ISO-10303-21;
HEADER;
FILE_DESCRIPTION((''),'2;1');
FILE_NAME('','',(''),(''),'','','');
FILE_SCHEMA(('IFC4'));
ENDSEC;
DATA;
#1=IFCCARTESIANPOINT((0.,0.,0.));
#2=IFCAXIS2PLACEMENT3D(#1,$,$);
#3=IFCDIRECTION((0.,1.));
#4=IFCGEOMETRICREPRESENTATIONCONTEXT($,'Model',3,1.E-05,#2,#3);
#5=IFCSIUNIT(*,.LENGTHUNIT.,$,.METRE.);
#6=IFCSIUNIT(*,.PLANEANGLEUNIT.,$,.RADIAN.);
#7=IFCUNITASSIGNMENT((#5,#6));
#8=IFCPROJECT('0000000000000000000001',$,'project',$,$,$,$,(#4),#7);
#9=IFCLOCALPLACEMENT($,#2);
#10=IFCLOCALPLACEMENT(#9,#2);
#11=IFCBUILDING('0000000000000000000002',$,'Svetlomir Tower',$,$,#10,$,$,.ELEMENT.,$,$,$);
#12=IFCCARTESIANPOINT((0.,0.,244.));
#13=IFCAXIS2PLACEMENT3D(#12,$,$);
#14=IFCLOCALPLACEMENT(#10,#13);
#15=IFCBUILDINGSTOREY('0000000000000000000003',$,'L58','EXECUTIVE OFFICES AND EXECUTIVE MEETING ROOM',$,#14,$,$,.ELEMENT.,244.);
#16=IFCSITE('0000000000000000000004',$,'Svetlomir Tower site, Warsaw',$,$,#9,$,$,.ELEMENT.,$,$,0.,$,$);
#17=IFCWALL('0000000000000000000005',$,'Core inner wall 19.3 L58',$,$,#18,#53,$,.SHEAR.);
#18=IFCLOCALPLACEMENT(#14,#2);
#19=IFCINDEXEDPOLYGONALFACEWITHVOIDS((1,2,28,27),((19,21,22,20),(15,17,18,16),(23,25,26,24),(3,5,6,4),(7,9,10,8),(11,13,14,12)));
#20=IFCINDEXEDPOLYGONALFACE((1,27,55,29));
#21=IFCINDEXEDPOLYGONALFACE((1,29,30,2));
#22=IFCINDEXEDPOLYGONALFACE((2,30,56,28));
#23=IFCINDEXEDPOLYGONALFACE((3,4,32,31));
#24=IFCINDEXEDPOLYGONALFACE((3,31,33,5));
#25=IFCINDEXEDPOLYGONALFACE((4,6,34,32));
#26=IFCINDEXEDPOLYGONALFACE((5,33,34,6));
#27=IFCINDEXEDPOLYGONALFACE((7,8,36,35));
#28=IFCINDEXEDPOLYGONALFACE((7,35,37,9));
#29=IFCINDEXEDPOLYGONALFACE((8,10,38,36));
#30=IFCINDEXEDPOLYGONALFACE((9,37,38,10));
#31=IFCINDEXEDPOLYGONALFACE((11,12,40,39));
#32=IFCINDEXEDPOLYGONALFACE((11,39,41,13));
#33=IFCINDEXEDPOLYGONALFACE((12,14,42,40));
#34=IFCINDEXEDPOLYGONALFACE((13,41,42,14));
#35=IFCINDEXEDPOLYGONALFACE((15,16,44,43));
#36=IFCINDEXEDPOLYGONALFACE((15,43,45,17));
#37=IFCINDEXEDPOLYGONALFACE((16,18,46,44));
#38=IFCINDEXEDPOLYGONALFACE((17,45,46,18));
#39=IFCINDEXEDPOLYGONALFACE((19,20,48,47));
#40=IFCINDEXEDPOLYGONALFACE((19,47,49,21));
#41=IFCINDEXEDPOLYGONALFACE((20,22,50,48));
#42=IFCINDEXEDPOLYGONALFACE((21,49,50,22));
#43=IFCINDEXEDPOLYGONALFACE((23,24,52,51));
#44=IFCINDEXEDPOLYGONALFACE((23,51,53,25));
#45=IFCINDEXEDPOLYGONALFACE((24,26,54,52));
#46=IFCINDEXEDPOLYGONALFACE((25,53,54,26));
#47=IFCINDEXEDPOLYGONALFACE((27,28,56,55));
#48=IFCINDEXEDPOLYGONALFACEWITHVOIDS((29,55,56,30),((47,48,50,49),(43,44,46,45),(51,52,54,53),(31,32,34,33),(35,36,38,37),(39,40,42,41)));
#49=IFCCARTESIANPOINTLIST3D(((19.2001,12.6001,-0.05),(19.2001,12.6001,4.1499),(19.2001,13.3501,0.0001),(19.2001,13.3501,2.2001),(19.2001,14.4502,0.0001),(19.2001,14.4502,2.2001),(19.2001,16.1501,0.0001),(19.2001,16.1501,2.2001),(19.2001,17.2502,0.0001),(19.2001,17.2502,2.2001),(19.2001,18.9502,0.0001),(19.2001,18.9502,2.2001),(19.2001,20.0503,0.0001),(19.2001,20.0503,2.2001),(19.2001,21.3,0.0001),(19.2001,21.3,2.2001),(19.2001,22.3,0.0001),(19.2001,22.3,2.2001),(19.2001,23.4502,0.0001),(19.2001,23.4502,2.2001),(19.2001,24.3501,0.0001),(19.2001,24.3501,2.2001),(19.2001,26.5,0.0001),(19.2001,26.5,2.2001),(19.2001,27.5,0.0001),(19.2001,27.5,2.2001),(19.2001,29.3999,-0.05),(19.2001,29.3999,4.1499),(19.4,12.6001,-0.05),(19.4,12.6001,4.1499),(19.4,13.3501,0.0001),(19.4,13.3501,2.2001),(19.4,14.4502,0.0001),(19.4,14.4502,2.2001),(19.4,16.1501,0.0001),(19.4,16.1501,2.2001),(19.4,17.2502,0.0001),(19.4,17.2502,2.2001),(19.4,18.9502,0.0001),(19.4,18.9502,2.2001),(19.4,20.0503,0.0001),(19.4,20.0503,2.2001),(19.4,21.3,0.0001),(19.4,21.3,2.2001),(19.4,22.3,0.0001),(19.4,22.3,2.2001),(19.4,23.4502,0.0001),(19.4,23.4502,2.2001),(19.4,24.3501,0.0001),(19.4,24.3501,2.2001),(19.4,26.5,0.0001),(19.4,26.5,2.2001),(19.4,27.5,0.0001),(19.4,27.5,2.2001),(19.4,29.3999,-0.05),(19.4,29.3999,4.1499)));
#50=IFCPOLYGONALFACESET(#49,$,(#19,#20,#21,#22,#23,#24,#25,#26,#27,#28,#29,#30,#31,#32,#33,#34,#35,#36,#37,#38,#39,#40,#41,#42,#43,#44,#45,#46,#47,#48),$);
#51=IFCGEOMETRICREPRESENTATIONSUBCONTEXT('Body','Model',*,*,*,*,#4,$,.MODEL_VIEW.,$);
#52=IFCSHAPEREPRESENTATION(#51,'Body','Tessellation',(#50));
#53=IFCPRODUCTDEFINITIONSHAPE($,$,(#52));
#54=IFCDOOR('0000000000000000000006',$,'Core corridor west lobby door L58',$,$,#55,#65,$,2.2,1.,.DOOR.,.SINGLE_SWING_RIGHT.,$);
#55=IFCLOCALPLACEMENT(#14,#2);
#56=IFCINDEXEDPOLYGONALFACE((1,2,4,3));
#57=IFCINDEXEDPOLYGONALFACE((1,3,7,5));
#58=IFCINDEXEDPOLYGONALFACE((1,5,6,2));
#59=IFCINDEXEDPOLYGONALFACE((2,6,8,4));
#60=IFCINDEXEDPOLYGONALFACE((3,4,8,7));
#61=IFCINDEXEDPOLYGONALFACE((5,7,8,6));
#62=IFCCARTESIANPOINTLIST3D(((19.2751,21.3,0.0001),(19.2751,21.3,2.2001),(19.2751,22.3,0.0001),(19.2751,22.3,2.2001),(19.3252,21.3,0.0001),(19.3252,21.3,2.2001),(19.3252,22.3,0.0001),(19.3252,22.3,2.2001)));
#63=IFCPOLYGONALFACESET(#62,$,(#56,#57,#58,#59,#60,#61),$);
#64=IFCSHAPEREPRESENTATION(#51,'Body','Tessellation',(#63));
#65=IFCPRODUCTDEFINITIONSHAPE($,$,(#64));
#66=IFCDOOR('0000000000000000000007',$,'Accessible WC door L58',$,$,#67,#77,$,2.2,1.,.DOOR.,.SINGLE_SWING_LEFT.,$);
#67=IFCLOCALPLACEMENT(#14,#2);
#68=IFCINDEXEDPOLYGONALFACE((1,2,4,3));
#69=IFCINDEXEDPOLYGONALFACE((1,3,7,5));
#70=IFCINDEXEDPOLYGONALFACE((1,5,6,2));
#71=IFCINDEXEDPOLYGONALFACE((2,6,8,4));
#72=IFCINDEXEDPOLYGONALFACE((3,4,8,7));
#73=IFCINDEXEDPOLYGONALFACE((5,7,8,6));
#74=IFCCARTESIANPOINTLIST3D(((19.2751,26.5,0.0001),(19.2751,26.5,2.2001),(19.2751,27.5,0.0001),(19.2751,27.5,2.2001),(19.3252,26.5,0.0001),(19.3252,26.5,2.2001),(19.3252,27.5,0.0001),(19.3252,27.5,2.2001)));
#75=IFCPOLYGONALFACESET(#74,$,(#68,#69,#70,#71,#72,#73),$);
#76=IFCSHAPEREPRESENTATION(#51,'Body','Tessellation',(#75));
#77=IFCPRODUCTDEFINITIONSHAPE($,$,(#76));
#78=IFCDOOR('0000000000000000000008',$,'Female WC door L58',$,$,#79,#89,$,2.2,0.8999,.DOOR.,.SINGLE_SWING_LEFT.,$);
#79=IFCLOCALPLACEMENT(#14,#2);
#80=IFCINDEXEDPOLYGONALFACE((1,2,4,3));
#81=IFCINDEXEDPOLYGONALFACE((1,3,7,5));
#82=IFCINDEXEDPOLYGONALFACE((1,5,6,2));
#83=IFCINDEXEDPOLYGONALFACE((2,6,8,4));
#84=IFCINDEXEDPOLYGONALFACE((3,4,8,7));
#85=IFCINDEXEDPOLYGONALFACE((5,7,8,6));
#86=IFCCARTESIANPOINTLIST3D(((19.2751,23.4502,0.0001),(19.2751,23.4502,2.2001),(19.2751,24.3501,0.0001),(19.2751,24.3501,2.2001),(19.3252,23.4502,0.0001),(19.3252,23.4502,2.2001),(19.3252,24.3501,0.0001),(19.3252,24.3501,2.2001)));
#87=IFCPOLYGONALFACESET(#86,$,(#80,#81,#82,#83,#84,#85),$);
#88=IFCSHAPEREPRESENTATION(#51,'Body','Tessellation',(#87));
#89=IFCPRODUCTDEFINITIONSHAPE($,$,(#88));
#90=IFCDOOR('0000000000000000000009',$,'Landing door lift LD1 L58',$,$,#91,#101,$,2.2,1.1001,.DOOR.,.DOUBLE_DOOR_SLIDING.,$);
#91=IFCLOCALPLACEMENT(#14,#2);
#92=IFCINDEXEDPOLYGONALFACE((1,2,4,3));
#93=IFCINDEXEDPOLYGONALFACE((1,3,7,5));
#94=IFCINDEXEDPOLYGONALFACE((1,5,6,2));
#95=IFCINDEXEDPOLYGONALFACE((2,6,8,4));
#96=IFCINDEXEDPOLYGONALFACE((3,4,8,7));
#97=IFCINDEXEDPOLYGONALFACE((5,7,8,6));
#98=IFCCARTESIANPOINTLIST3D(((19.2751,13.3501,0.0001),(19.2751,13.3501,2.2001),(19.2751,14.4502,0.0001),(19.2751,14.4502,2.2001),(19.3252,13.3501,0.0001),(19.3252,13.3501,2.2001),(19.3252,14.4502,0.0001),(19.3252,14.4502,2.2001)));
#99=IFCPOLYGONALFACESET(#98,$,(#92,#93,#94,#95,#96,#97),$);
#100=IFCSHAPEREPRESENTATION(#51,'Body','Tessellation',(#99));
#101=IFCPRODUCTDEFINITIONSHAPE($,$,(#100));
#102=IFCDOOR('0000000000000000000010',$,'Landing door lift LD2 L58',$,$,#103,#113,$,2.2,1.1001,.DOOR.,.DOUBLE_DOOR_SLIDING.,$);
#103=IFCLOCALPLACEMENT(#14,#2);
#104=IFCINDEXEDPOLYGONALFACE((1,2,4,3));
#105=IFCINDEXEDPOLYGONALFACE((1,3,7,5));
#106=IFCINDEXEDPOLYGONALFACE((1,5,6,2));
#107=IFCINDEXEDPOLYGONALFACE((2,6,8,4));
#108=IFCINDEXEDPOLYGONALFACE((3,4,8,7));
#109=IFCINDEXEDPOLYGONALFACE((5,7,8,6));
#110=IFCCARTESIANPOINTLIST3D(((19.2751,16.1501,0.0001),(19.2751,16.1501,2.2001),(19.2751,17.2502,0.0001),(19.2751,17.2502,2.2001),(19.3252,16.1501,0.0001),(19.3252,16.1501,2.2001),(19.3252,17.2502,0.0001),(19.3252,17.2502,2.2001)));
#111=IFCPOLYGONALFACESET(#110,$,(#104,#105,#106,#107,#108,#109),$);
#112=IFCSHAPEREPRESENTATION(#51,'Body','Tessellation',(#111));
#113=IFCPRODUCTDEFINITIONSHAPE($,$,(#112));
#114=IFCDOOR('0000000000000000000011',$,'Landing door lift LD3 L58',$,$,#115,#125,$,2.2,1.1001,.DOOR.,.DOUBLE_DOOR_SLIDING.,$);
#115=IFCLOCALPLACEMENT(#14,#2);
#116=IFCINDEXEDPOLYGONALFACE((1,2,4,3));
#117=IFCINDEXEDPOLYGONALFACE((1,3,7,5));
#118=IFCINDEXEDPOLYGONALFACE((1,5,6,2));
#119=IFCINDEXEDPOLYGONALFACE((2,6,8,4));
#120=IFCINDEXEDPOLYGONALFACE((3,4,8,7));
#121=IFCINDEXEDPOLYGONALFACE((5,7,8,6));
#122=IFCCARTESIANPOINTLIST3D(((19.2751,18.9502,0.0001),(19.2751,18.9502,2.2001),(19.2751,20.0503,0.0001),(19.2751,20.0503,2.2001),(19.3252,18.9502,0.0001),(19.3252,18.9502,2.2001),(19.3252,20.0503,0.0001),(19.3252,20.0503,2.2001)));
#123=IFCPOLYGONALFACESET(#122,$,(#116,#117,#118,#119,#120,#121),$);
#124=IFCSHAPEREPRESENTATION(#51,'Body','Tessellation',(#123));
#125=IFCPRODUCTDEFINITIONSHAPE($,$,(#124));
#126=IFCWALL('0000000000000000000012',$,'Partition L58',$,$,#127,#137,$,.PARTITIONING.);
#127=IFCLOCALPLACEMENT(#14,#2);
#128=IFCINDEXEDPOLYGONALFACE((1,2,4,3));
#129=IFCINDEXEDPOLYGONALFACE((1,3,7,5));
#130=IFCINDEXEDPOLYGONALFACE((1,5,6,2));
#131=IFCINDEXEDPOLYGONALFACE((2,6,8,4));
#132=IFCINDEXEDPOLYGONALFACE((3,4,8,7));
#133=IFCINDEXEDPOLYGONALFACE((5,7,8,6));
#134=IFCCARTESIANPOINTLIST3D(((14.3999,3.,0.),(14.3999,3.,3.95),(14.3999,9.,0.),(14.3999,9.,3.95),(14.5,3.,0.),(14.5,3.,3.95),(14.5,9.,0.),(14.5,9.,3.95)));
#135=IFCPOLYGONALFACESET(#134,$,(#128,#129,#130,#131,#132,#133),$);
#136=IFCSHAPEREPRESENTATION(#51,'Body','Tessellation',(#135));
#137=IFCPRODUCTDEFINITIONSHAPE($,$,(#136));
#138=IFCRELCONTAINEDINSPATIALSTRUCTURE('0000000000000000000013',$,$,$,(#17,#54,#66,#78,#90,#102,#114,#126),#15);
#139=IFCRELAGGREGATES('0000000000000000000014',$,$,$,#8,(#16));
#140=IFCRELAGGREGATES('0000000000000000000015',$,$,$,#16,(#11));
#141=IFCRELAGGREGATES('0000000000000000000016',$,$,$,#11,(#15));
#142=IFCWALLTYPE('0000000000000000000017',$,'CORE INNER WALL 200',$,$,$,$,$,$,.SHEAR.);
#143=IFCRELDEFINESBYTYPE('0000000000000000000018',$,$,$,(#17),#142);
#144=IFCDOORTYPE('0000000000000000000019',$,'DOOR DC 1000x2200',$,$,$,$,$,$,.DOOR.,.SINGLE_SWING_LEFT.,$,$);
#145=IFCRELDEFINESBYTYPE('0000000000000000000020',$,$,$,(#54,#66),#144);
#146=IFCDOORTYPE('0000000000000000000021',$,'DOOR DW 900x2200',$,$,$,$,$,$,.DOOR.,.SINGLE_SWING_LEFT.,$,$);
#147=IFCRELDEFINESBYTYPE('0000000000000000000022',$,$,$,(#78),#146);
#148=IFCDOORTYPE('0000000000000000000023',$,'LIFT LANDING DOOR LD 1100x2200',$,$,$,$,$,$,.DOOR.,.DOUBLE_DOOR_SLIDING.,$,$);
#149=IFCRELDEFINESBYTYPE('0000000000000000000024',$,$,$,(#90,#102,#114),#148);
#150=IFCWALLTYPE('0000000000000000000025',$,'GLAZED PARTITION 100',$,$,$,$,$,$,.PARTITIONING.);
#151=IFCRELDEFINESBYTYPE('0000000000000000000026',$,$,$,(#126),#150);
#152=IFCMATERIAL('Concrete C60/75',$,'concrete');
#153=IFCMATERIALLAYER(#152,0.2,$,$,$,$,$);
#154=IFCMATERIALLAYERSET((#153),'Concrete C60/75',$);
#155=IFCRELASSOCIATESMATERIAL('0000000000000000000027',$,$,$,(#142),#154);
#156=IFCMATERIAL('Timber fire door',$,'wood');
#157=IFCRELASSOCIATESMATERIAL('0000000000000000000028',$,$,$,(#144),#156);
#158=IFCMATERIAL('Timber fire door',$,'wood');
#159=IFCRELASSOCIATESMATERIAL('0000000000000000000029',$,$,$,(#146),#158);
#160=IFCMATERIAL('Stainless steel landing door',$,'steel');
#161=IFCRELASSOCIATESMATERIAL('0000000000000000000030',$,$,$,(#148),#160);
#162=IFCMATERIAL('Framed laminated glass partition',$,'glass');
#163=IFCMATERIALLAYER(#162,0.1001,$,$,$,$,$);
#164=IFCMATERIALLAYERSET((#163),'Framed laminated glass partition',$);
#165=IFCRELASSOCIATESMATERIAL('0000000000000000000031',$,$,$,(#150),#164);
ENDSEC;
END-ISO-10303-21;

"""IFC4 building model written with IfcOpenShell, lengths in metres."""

from ifc_helpers import new_model, si_unit, direction, frame, frame_2d, origin, place, context, subcontext, project, spatial, rectangle, extrude, material, layer, layer_set, type_object, element, fill, save


model = new_model("IFC4")

# Units and contexts
model_context = context("Model", 3, precision=1e-05, world=origin(), true_north=direction((0.0, 1.0)))
body_context = subcontext(model_context, "Body", "Model", "MODEL_VIEW")
ifc_project = project(units=[si_unit("LENGTHUNIT", "METRE"), si_unit("PLANEANGLEUNIT", "RADIAN")], contexts=[model_context])

# Site, building, storey
site_placement = place(None, origin())
site = spatial("IfcSite", under=ifc_project, at=site_placement, Name="Svetlomir Tower site, Warsaw", CompositionType="ELEMENT", RefElevation=0.0)
building_placement = place(site_placement, origin())
building = spatial("IfcBuilding", under=site, at=building_placement, Name="Svetlomir Tower", CompositionType="ELEMENT")
storey_placement = place(building_placement, frame((0.0, 0.0, 244.0)))
storey = spatial("IfcBuildingStorey", under=building, at=storey_placement, Name="L58", Description="EXECUTIVE OFFICES AND EXECUTIVE MEETING ROOM", CompositionType="ELEMENT", Elevation=244.0)

# Shared definitions
ifc_material_1 = material(Name="Concrete C60/75", Category="concrete")
ifc_layer_1 = layer(ifc_material_1, 0.2)
ifc_layer_set_1 = layer_set([ifc_layer_1], Name="Concrete C60/75")
wall_type_1 = type_object("IfcWallType", Name="CORE INNER WALL 200", PredefinedType="SHEAR", material=ifc_layer_set_1)

# Wall, openings, doors
wall_1_placement = place(storey_placement, frame((19.3, 12.6001, -0.05), z_axis=(0.0, 0.0, 1.0), x_axis=(0.0, 1.0, 0.0)))
wall_1 = element("IfcWall", 1, at=wall_1_placement, inside=storey, type_object=wall_type_1, Name="Core inner wall 19.3 L58", PredefinedType="SHEAR", context=body_context, shape_type="SweptSolid", body=[
    extrude(rectangle(XDim=16.7998, YDim=0.2, at=frame_2d((8.3999, 0.0))), origin(), (0.0, 0.0, 1.0), 4.2),
])
opening_1_placement = place(wall_1_placement, frame((8.7, 0.0, 0.05)))
opening_1 = element("IfcOpeningElement", 2, at=opening_1_placement, cuts=wall_1, PredefinedType="OPENING", context=body_context, shape_type="SweptSolid", body=[
    extrude(rectangle(XDim=1.0, YDim=2.2, at=frame_2d((0.5, 1.1001))), frame((0.0, 0.1099, 0.0), z_axis=(0.0, -1.0, 0.0), x_axis=(1.0, 0.0, 0.0)), (0.0, 0.0, 1.0), 0.22),
])
opening_2_placement = place(wall_1_placement, frame((10.8501, 0.0, 0.05)))
opening_2 = element("IfcOpeningElement", 3, at=opening_2_placement, cuts=wall_1, PredefinedType="OPENING", context=body_context, shape_type="SweptSolid", body=[
    extrude(rectangle(XDim=0.8999, YDim=2.2, at=frame_2d((0.45, 1.1001))), frame((0.0, 0.1099, 0.0), z_axis=(0.0, -1.0, 0.0), x_axis=(1.0, 0.0, 0.0)), (0.0, 0.0, 1.0), 0.22),
])
opening_3_placement = place(wall_1_placement, frame((13.8999, 0.0, 0.05)))
opening_3 = element("IfcOpeningElement", 4, at=opening_3_placement, cuts=wall_1, PredefinedType="OPENING", context=body_context, shape_type="SweptSolid", body=[
    extrude(rectangle(XDim=1.0, YDim=2.2, at=frame_2d((0.5, 1.1001))), frame((0.0, 0.1099, 0.0), z_axis=(0.0, -1.0, 0.0), x_axis=(1.0, 0.0, 0.0)), (0.0, 0.0, 1.0), 0.22),
])
opening_4_placement = place(wall_1_placement, frame((0.75, 0.0, 0.05)))
opening_4 = element("IfcOpeningElement", 5, at=opening_4_placement, cuts=wall_1, PredefinedType="OPENING", context=body_context, shape_type="SweptSolid", body=[
    extrude(rectangle(XDim=1.1001, YDim=2.2, at=frame_2d((0.55, 1.1001))), frame((0.0, 0.1099, 0.0), z_axis=(0.0, -1.0, 0.0), x_axis=(1.0, 0.0, 0.0)), (0.0, 0.0, 1.0), 0.22),
])
opening_5_placement = place(wall_1_placement, frame((3.55, 0.0, 0.05)))
opening_5 = element("IfcOpeningElement", 6, at=opening_5_placement, cuts=wall_1, PredefinedType="OPENING", context=body_context, shape_type="SweptSolid", body=[
    extrude(rectangle(XDim=1.1001, YDim=2.2, at=frame_2d((0.55, 1.1001))), frame((0.0, 0.1099, 0.0), z_axis=(0.0, -1.0, 0.0), x_axis=(1.0, 0.0, 0.0)), (0.0, 0.0, 1.0), 0.22),
])
opening_6_placement = place(wall_1_placement, frame((6.3501, 0.0, 0.05)))
opening_6 = element("IfcOpeningElement", 7, at=opening_6_placement, cuts=wall_1, PredefinedType="OPENING", context=body_context, shape_type="SweptSolid", body=[
    extrude(rectangle(XDim=1.1001, YDim=2.2, at=frame_2d((0.55, 1.1001))), frame((0.0, 0.1099, 0.0), z_axis=(0.0, -1.0, 0.0), x_axis=(1.0, 0.0, 0.0)), (0.0, 0.0, 1.0), 0.22),
])
ifc_material_2 = material(Name="Timber fire door", Category="wood")
door_type_1 = type_object("IfcDoorType", Name="DOOR DC 1000x2200", OperationType="SINGLE_SWING_LEFT", PredefinedType="DOOR", material=ifc_material_2)
door_1_placement = place(opening_1_placement, origin())
door_1 = element("IfcDoor", 8, at=door_1_placement, inside=storey, type_object=door_type_1, Name="Core corridor west lobby door L58", OperationType="SINGLE_SWING_RIGHT", OverallHeight=2.2, OverallWidth=1.0, PredefinedType="DOOR", context=body_context, shape_type="SweptSolid", body=[
    extrude(rectangle(XDim=1.0, YDim=2.2, at=frame_2d((0.5, 1.1001))), frame((0.0, 0.0249, 0.0), z_axis=(0.0, -1.0, 0.0), x_axis=(1.0, 0.0, 0.0)), (0.0, 0.0, 1.0), 0.05),
])
fill(opening_1, door_1)
door_2_placement = place(opening_3_placement, origin())
door_2 = element("IfcDoor", 9, at=door_2_placement, inside=storey, type_object=door_type_1, Name="Accessible WC door L58", OperationType="SINGLE_SWING_LEFT", OverallHeight=2.2, OverallWidth=1.0, PredefinedType="DOOR", context=body_context, shape_type="SweptSolid", body=[
    extrude(rectangle(XDim=1.0, YDim=2.2, at=frame_2d((0.5, 1.1001))), frame((0.0, 0.0249, 0.0), z_axis=(0.0, -1.0, 0.0), x_axis=(1.0, 0.0, 0.0)), (0.0, 0.0, 1.0), 0.05),
])
fill(opening_3, door_2)
ifc_material_3 = material(Name="Timber fire door", Category="wood")
door_type_2 = type_object("IfcDoorType", Name="DOOR DW 900x2200", OperationType="SINGLE_SWING_LEFT", PredefinedType="DOOR", material=ifc_material_3)
door_3_placement = place(opening_2_placement, origin())
door_3 = element("IfcDoor", 10, at=door_3_placement, inside=storey, type_object=door_type_2, Name="Female WC door L58", OperationType="SINGLE_SWING_LEFT", OverallHeight=2.2, OverallWidth=0.8999, PredefinedType="DOOR", context=body_context, shape_type="SweptSolid", body=[
    extrude(rectangle(XDim=0.8999, YDim=2.2, at=frame_2d((0.45, 1.1001))), frame((0.0, 0.0249, 0.0), z_axis=(0.0, -1.0, 0.0), x_axis=(1.0, 0.0, 0.0)), (0.0, 0.0, 1.0), 0.05),
])
fill(opening_2, door_3)
ifc_material_4 = material(Name="Stainless steel landing door", Category="steel")
door_type_3 = type_object("IfcDoorType", Name="LIFT LANDING DOOR LD 1100x2200", OperationType="DOUBLE_DOOR_SLIDING", PredefinedType="DOOR", material=ifc_material_4)
door_4_placement = place(opening_4_placement, origin())
door_4 = element("IfcDoor", 11, at=door_4_placement, inside=storey, type_object=door_type_3, Name="Landing door lift LD1 L58", OperationType="DOUBLE_DOOR_SLIDING", OverallHeight=2.2, OverallWidth=1.1001, PredefinedType="DOOR", context=body_context, shape_type="SweptSolid", body=[
    extrude(rectangle(XDim=1.1001, YDim=2.2, at=frame_2d((0.55, 1.1001))), frame((0.0, 0.0249, 0.0), z_axis=(0.0, -1.0, 0.0), x_axis=(1.0, 0.0, 0.0)), (0.0, 0.0, 1.0), 0.05),
])
fill(opening_4, door_4)
door_5_placement = place(opening_5_placement, origin())
door_5 = element("IfcDoor", 12, at=door_5_placement, inside=storey, type_object=door_type_3, Name="Landing door lift LD2 L58", OperationType="DOUBLE_DOOR_SLIDING", OverallHeight=2.2, OverallWidth=1.1001, PredefinedType="DOOR", context=body_context, shape_type="SweptSolid", body=[
    extrude(rectangle(XDim=1.1001, YDim=2.2, at=frame_2d((0.55, 1.1001))), frame((0.0, 0.0249, 0.0), z_axis=(0.0, -1.0, 0.0), x_axis=(1.0, 0.0, 0.0)), (0.0, 0.0, 1.0), 0.05),
])
fill(opening_5, door_5)
door_6_placement = place(opening_6_placement, origin())
door_6 = element("IfcDoor", 13, at=door_6_placement, inside=storey, type_object=door_type_3, Name="Landing door lift LD3 L58", OperationType="DOUBLE_DOOR_SLIDING", OverallHeight=2.2, OverallWidth=1.1001, PredefinedType="DOOR", context=body_context, shape_type="SweptSolid", body=[
    extrude(rectangle(XDim=1.1001, YDim=2.2, at=frame_2d((0.55, 1.1001))), frame((0.0, 0.0249, 0.0), z_axis=(0.0, -1.0, 0.0), x_axis=(1.0, 0.0, 0.0)), (0.0, 0.0, 1.0), 0.05),
])
fill(opening_6, door_6)

# Wall
ifc_material_5 = material(Name="Framed laminated glass partition", Category="glass")
ifc_layer_2 = layer(ifc_material_5, 0.1001)
ifc_layer_set_2 = layer_set([ifc_layer_2], Name="Framed laminated glass partition")
wall_type_2 = type_object("IfcWallType", Name="GLAZED PARTITION 100", PredefinedType="PARTITIONING", material=ifc_layer_set_2)
wall_2_placement = place(storey_placement, frame((14.45, 3.0, 0.0), z_axis=(0.0, 0.0, 1.0), x_axis=(0.0, 1.0, 0.0)))
element("IfcWall", 14, at=wall_2_placement, inside=storey, type_object=wall_type_2, Name="Partition L58", PredefinedType="PARTITIONING", context=body_context, shape_type="SweptSolid", body=[
    extrude(rectangle(XDim=6.0, YDim=0.1001, at=frame_2d((3.0, 0.0))), origin(), (0.0, 0.0, 1.0), 3.95),
])

save(model, "model.ifc")
